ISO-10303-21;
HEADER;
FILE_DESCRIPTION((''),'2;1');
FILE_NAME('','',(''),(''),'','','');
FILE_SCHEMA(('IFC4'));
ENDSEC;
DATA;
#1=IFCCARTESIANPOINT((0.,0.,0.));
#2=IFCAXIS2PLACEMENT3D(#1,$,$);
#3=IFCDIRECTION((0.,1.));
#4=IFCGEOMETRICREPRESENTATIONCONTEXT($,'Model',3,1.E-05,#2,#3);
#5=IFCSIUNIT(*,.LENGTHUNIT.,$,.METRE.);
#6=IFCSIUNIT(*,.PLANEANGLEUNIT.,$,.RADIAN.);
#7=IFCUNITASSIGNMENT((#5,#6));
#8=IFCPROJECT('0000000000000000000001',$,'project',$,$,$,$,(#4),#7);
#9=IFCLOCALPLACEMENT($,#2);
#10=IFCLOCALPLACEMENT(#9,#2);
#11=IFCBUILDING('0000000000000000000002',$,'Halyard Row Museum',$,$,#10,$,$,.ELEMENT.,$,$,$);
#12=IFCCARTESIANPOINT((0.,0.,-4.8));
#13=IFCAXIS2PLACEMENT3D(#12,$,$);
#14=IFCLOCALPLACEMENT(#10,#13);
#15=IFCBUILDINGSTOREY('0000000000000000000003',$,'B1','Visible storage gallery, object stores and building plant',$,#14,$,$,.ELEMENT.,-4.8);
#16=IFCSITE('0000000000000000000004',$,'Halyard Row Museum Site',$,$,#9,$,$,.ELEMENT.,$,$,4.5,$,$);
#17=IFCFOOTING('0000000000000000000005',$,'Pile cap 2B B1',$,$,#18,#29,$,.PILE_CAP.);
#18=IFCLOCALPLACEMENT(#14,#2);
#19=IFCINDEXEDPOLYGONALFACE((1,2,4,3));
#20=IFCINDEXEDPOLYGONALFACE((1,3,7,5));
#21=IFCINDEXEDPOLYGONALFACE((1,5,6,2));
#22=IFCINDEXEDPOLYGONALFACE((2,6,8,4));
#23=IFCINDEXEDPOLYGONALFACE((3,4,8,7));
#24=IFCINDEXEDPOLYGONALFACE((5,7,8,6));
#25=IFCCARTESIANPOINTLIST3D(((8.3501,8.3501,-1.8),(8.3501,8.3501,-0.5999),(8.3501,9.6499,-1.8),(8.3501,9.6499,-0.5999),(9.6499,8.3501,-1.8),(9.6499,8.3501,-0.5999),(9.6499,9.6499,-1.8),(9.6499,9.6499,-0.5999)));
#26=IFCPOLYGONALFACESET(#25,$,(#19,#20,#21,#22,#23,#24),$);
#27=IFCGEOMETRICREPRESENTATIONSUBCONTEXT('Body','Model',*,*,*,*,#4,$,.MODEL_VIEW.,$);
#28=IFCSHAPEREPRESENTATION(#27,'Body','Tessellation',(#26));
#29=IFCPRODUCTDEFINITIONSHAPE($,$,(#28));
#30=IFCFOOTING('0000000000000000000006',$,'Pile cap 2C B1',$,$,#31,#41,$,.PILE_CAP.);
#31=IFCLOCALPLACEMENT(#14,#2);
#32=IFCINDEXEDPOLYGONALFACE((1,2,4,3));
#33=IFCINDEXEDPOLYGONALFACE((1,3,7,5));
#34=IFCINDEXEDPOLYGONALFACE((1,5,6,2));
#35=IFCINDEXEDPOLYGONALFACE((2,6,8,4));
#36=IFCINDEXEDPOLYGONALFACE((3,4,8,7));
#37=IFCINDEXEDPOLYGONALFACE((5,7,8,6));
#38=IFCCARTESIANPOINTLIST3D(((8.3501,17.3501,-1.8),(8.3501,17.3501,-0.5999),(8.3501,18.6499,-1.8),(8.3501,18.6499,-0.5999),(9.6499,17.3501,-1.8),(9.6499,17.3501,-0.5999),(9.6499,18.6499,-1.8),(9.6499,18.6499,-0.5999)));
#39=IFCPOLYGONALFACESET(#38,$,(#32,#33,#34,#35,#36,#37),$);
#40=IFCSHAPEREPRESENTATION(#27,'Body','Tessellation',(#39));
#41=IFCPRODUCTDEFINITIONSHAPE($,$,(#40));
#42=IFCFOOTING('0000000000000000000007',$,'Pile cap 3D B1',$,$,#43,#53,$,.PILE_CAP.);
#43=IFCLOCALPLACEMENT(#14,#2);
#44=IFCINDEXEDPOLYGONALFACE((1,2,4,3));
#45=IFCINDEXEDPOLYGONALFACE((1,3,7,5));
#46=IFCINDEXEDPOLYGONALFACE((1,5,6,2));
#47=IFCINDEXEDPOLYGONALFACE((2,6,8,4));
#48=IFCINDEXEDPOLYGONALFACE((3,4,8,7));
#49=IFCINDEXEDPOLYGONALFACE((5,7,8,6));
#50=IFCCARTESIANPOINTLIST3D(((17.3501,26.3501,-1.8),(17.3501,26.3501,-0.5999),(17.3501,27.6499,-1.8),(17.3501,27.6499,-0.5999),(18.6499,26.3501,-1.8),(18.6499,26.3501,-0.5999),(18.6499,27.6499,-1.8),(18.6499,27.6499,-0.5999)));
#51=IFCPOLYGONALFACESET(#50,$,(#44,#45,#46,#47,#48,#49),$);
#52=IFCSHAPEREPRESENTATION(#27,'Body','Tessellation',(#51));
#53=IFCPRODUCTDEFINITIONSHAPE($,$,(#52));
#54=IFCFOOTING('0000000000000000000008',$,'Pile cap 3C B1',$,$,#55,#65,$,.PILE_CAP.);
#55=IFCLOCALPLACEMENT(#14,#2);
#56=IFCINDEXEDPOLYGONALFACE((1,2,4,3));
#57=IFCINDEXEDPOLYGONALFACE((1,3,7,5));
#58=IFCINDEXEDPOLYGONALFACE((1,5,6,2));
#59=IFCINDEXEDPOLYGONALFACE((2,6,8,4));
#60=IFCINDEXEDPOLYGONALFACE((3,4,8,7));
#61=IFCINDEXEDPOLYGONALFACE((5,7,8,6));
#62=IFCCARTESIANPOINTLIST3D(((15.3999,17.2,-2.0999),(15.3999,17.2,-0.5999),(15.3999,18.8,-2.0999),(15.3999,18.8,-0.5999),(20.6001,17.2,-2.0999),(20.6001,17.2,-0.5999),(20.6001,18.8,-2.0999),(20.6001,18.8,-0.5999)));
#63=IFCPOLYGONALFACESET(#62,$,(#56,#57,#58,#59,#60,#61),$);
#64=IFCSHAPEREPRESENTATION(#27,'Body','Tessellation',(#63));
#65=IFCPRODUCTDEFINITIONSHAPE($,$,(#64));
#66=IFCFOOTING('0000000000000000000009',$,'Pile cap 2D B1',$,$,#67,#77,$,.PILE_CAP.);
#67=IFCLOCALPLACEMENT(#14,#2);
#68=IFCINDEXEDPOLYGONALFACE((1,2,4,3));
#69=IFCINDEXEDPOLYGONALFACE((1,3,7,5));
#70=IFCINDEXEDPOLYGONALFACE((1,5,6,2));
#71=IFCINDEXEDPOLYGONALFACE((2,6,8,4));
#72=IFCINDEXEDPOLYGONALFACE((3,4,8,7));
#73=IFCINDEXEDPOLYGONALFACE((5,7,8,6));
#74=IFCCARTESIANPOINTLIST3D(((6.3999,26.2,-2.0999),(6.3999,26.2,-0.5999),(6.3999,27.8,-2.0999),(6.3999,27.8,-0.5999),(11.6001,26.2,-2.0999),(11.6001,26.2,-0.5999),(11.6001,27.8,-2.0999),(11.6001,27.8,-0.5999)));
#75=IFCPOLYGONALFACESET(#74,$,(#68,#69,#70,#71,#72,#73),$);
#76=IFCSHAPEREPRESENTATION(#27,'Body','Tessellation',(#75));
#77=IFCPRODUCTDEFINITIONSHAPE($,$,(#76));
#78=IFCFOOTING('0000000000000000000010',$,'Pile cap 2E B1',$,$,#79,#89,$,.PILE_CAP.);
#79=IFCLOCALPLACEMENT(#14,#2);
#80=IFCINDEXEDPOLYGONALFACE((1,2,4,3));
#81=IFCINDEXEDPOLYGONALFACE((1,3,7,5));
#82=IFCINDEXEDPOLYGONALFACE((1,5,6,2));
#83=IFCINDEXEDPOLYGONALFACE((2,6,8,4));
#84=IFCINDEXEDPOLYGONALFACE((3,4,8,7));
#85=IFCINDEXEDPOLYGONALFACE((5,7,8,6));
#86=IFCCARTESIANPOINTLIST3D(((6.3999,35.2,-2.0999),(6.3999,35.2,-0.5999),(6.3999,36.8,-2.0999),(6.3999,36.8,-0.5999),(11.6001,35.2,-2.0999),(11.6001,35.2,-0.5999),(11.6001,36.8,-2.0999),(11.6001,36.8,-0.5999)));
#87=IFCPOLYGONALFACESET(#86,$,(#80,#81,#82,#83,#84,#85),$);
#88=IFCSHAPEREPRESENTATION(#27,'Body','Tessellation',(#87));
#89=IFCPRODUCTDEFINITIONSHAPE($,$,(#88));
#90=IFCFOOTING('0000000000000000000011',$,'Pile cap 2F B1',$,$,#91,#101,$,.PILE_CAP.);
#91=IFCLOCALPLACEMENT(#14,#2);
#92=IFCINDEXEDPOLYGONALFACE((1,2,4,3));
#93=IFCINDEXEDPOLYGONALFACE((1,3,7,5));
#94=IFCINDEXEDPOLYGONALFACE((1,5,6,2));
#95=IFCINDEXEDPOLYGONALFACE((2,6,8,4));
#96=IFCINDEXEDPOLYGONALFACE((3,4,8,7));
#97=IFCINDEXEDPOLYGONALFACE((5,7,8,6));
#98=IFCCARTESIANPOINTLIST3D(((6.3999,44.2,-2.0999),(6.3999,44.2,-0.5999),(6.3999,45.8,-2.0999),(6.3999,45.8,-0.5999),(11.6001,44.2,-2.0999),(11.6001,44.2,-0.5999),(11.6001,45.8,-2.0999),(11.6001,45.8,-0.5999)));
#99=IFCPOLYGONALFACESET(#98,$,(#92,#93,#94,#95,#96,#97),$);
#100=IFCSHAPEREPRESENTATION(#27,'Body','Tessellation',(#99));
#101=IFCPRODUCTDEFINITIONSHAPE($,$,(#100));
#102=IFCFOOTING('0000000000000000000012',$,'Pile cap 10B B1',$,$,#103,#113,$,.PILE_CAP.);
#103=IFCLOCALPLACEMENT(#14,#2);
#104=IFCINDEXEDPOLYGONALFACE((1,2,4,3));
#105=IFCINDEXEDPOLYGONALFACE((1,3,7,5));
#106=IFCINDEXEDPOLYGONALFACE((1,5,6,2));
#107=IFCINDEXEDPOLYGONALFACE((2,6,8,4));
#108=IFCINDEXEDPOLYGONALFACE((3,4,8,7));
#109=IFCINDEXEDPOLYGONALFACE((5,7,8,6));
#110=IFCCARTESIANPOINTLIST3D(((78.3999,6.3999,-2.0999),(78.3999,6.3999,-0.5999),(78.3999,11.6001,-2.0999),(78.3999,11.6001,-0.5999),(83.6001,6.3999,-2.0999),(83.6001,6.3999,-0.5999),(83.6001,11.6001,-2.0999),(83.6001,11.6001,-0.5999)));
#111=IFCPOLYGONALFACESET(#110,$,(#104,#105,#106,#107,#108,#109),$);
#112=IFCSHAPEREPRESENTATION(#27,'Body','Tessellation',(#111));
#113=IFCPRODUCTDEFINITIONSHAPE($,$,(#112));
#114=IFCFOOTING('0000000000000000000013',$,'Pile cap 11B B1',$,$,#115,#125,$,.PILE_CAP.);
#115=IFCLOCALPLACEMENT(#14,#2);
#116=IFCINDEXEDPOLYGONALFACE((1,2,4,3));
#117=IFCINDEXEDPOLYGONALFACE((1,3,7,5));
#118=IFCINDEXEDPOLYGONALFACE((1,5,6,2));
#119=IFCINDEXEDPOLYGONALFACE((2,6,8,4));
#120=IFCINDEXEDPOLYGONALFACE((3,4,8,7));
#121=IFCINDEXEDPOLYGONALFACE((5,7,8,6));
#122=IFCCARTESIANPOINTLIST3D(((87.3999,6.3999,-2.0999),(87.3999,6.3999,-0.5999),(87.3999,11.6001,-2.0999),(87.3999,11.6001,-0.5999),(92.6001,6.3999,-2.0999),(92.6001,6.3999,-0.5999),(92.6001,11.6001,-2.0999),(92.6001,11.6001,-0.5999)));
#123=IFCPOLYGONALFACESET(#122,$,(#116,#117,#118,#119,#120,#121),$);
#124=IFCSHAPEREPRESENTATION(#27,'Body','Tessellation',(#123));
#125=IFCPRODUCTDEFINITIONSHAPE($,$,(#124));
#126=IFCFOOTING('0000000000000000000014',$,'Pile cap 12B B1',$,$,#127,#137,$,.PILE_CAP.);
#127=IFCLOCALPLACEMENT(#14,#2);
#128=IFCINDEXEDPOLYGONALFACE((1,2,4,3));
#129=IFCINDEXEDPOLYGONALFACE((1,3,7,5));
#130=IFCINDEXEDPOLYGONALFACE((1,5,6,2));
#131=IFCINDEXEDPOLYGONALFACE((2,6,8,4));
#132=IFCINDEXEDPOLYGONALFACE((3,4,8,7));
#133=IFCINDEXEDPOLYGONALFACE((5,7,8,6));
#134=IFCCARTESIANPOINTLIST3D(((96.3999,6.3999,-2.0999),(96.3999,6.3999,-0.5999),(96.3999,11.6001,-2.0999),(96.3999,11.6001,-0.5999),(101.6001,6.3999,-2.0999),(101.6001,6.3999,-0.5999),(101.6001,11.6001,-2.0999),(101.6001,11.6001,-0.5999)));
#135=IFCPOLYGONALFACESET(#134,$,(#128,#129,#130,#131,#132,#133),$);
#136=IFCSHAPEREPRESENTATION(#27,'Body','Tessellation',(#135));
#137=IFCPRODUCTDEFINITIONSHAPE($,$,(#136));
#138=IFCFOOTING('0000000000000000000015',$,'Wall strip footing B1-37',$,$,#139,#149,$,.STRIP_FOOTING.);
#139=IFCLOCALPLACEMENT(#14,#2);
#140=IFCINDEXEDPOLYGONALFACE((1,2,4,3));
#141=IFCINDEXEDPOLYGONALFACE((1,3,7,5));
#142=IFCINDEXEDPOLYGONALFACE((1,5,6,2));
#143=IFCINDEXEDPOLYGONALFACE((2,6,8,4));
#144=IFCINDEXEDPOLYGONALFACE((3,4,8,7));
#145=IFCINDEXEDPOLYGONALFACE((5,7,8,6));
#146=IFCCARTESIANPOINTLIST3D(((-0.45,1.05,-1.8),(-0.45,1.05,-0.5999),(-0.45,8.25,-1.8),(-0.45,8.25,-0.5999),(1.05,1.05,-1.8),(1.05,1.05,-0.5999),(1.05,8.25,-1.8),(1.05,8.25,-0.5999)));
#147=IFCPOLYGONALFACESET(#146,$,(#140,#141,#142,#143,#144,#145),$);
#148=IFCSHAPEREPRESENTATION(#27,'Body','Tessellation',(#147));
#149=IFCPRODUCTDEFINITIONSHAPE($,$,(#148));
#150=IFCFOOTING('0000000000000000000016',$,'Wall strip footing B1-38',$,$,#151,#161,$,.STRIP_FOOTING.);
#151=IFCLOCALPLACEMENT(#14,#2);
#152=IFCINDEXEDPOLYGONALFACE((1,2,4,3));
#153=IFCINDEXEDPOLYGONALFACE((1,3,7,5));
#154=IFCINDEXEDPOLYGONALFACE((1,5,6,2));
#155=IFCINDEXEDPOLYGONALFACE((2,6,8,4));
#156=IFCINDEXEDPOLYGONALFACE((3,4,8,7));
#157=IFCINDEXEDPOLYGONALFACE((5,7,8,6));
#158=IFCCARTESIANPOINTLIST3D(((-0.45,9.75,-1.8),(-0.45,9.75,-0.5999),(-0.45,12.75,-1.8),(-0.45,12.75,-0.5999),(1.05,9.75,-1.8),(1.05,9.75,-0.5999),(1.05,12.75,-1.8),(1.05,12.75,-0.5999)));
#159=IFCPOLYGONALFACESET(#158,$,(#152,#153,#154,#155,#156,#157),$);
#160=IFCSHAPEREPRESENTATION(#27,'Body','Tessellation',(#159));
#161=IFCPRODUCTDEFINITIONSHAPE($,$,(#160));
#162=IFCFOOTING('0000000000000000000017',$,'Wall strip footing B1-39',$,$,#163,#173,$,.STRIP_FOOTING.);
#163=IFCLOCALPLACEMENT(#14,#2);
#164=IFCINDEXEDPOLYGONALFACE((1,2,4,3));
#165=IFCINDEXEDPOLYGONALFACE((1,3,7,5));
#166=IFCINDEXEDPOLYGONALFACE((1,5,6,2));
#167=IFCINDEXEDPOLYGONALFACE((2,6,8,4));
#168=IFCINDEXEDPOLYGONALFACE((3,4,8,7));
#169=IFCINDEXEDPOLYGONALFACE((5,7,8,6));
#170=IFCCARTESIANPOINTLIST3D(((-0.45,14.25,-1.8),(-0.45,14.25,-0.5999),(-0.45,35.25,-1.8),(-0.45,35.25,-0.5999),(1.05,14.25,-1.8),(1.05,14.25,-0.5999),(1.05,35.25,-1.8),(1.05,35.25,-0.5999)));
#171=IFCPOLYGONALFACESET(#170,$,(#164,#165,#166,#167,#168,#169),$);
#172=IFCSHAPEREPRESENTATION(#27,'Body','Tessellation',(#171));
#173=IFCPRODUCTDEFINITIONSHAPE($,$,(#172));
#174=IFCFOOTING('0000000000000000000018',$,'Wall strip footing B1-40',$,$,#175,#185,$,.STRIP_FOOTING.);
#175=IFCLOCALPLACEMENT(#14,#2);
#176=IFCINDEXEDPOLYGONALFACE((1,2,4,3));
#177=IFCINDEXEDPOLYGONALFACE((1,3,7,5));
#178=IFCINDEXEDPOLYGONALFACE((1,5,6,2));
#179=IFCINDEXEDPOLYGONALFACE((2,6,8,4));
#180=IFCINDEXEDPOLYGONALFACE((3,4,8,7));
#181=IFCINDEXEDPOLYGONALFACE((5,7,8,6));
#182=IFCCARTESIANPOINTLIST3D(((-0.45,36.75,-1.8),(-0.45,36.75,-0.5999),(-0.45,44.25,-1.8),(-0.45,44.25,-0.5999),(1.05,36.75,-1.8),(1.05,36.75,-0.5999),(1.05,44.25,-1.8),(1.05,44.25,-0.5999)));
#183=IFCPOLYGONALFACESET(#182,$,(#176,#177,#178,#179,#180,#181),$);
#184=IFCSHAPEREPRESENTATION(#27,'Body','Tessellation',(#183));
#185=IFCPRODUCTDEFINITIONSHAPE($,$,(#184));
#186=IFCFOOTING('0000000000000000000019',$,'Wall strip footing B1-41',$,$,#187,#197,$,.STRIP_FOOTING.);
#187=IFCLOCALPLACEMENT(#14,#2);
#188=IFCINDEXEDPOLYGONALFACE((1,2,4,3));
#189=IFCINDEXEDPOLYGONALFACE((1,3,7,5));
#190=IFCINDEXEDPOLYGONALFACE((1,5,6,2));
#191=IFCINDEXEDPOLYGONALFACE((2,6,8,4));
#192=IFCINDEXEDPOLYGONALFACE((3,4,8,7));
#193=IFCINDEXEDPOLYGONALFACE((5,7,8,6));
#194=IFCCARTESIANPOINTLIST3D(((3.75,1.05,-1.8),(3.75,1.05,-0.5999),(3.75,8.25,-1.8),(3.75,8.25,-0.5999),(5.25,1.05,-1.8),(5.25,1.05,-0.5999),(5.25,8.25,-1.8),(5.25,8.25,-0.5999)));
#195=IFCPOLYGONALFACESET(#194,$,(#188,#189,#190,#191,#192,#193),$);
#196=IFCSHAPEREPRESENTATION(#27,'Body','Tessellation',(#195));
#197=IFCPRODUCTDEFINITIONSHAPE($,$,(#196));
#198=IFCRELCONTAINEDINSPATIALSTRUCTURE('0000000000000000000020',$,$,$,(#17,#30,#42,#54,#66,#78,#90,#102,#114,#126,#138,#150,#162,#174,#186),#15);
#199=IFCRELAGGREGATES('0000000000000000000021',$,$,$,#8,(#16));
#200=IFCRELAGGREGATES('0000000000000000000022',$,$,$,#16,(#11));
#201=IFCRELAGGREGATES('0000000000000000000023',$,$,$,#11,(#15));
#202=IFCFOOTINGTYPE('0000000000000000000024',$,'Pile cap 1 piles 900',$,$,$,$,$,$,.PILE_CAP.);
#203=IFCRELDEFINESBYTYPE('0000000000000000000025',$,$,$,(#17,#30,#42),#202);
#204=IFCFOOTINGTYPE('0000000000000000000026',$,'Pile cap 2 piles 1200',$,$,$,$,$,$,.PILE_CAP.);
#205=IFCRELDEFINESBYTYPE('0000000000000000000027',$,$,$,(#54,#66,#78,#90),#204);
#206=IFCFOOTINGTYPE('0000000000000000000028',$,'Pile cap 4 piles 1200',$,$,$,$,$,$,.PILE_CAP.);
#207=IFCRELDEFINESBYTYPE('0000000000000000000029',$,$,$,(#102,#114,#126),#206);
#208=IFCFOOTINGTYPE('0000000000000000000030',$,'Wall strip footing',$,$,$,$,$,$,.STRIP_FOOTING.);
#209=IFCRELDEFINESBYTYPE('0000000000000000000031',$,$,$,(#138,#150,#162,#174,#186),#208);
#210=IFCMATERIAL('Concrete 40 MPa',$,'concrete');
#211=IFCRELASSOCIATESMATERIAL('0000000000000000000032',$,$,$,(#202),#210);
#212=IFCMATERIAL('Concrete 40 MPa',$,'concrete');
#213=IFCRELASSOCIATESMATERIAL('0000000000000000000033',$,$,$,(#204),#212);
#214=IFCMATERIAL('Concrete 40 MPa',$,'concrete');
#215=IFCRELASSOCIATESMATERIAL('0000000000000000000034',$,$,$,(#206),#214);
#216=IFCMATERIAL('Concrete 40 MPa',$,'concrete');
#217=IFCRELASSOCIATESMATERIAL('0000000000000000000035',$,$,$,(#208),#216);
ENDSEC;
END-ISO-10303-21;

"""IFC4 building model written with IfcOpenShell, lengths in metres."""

from ifc_helpers import new_model, si_unit, direction, frame, origin, place, context, subcontext, project, spatial, polyline, outline, extrude, material, type_object, element, save


model = new_model("IFC4")

# Units and contexts
model_context = context("Model", 3, precision=1e-05, world=origin(), true_north=direction((0.0, 1.0)))
body_context = subcontext(model_context, "Body", "Model", "MODEL_VIEW")
ifc_project = project(units=[si_unit("LENGTHUNIT", "METRE"), si_unit("PLANEANGLEUNIT", "RADIAN")], contexts=[model_context])

# Site, building, storey
site_placement = place(None, origin())
site = spatial("IfcSite", under=ifc_project, at=site_placement, Name="Halyard Row Museum Site", CompositionType="ELEMENT", RefElevation=4.5)
building_placement = place(site_placement, origin())
building = spatial("IfcBuilding", under=site, at=building_placement, Name="Halyard Row Museum", CompositionType="ELEMENT")
storey_placement = place(building_placement, frame((0.0, 0.0, -4.8)))
storey = spatial("IfcBuildingStorey", under=building, at=storey_placement, Name="B1", Description="Visible storage gallery, object stores and building plant", CompositionType="ELEMENT", Elevation=-4.8)

# Footings
ifc_material_1 = material(Name="Concrete 40 MPa", Category="concrete")
footing_type_1 = type_object("IfcFootingType", Name="Pile cap 1 piles 900", PredefinedType="PILE_CAP", material=ifc_material_1)
footing_1_placement = place(storey_placement, frame((0.0, 0.0, -1.8)))
element("IfcFooting", 1, at=footing_1_placement, inside=storey, type_object=footing_type_1, Name="Pile cap 2B B1", PredefinedType="PILE_CAP", context=body_context, shape_type="SweptSolid", body=[
    extrude(outline(polyline([(8.3501, 8.3501), (9.6499, 8.3501), (9.6499, 9.6499), (8.3501, 9.6499), (8.3501, 8.3501)])), origin(), (0.0, 0.0, 1.0), 1.2002),
])
footing_2_placement = place(storey_placement, frame((0.0, 0.0, -1.8)))
element("IfcFooting", 2, at=footing_2_placement, inside=storey, type_object=footing_type_1, Name="Pile cap 2C B1", PredefinedType="PILE_CAP", context=body_context, shape_type="SweptSolid", body=[
    extrude(outline(polyline([(8.3501, 17.3501), (9.6499, 17.3501), (9.6499, 18.6499), (8.3501, 18.6499), (8.3501, 17.3501)])), origin(), (0.0, 0.0, 1.0), 1.2002),
])
footing_3_placement = place(storey_placement, frame((0.0, 0.0, -1.8)))
element("IfcFooting", 3, at=footing_3_placement, inside=storey, type_object=footing_type_1, Name="Pile cap 3D B1", PredefinedType="PILE_CAP", context=body_context, shape_type="SweptSolid", body=[
    extrude(outline(polyline([(17.3501, 26.3501), (18.6499, 26.3501), (18.6499, 27.6499), (17.3501, 27.6499), (17.3501, 26.3501)])), origin(), (0.0, 0.0, 1.0), 1.2002),
])
ifc_material_2 = material(Name="Concrete 40 MPa", Category="concrete")
footing_type_2 = type_object("IfcFootingType", Name="Pile cap 2 piles 1200", PredefinedType="PILE_CAP", material=ifc_material_2)
footing_4_placement = place(storey_placement, frame((0.0, 0.0, -2.0999)))
element("IfcFooting", 4, at=footing_4_placement, inside=storey, type_object=footing_type_2, Name="Pile cap 3C B1", PredefinedType="PILE_CAP", context=body_context, shape_type="SweptSolid", body=[
    extrude(outline(polyline([(15.3999, 17.2), (20.6001, 17.2), (20.6001, 18.8), (15.3999, 18.8), (15.3999, 17.2)])), origin(), (0.0, 0.0, 1.0), 1.5),
])
footing_5_placement = place(storey_placement, frame((0.0, 0.0, -2.0999)))
element("IfcFooting", 5, at=footing_5_placement, inside=storey, type_object=footing_type_2, Name="Pile cap 2D B1", PredefinedType="PILE_CAP", context=body_context, shape_type="SweptSolid", body=[
    extrude(outline(polyline([(6.3999, 26.2), (11.6001, 26.2), (11.6001, 27.8), (6.3999, 27.8), (6.3999, 26.2)])), origin(), (0.0, 0.0, 1.0), 1.5),
])
footing_6_placement = place(storey_placement, frame((0.0, 0.0, -2.0999)))
element("IfcFooting", 6, at=footing_6_placement, inside=storey, type_object=footing_type_2, Name="Pile cap 2E B1", PredefinedType="PILE_CAP", context=body_context, shape_type="SweptSolid", body=[
    extrude(outline(polyline([(6.3999, 35.2), (11.6001, 35.2), (11.6001, 36.8), (6.3999, 36.8), (6.3999, 35.2)])), origin(), (0.0, 0.0, 1.0), 1.5),
])
footing_7_placement = place(storey_placement, frame((0.0, 0.0, -2.0999)))
element("IfcFooting", 7, at=footing_7_placement, inside=storey, type_object=footing_type_2, Name="Pile cap 2F B1", PredefinedType="PILE_CAP", context=body_context, shape_type="SweptSolid", body=[
    extrude(outline(polyline([(6.3999, 44.2), (11.6001, 44.2), (11.6001, 45.8), (6.3999, 45.8), (6.3999, 44.2)])), origin(), (0.0, 0.0, 1.0), 1.5),
])
ifc_material_3 = material(Name="Concrete 40 MPa", Category="concrete")
footing_type_3 = type_object("IfcFootingType", Name="Pile cap 4 piles 1200", PredefinedType="PILE_CAP", material=ifc_material_3)
footing_8_placement = place(storey_placement, frame((0.0, 0.0, -2.0999)))
element("IfcFooting", 8, at=footing_8_placement, inside=storey, type_object=footing_type_3, Name="Pile cap 10B B1", PredefinedType="PILE_CAP", context=body_context, shape_type="SweptSolid", body=[
    extrude(outline(polyline([(78.3999, 6.3999), (83.6001, 6.3999), (83.6001, 11.6001), (78.3999, 11.6001), (78.3999, 6.3999)])), origin(), (0.0, 0.0, 1.0), 1.5),
])
footing_9_placement = place(storey_placement, frame((0.0, 0.0, -2.0999)))
element("IfcFooting", 9, at=footing_9_placement, inside=storey, type_object=footing_type_3, Name="Pile cap 11B B1", PredefinedType="PILE_CAP", context=body_context, shape_type="SweptSolid", body=[
    extrude(outline(polyline([(87.3999, 6.3999), (92.6001, 6.3999), (92.6001, 11.6001), (87.3999, 11.6001), (87.3999, 6.3999)])), origin(), (0.0, 0.0, 1.0), 1.5),
])
footing_10_placement = place(storey_placement, frame((0.0, 0.0, -2.0999)))
element("IfcFooting", 10, at=footing_10_placement, inside=storey, type_object=footing_type_3, Name="Pile cap 12B B1", PredefinedType="PILE_CAP", context=body_context, shape_type="SweptSolid", body=[
    extrude(outline(polyline([(96.3999, 6.3999), (101.6001, 6.3999), (101.6001, 11.6001), (96.3999, 11.6001), (96.3999, 6.3999)])), origin(), (0.0, 0.0, 1.0), 1.5),
])
ifc_material_4 = material(Name="Concrete 40 MPa", Category="concrete")
footing_type_4 = type_object("IfcFootingType", Name="Wall strip footing", PredefinedType="STRIP_FOOTING", material=ifc_material_4)
footing_11_placement = place(storey_placement, frame((0.0, 0.0, -1.8)))
element("IfcFooting", 11, at=footing_11_placement, inside=storey, type_object=footing_type_4, Name="Wall strip footing B1-37", PredefinedType="STRIP_FOOTING", context=body_context, shape_type="SweptSolid", body=[
    extrude(outline(polyline([(-0.45, 1.05), (1.05, 1.05), (1.05, 8.25), (-0.45, 8.25), (-0.45, 1.05)])), origin(), (0.0, 0.0, 1.0), 1.2002),
])
footing_12_placement = place(storey_placement, frame((0.0, 0.0, -1.8)))
element("IfcFooting", 12, at=footing_12_placement, inside=storey, type_object=footing_type_4, Name="Wall strip footing B1-38", PredefinedType="STRIP_FOOTING", context=body_context, shape_type="SweptSolid", body=[
    extrude(outline(polyline([(-0.45, 9.75), (1.05, 9.75), (1.05, 12.75), (-0.45, 12.75), (-0.45, 9.75)])), origin(), (0.0, 0.0, 1.0), 1.2002),
])
footing_13_placement = place(storey_placement, frame((0.0, 0.0, -1.8)))
element("IfcFooting", 13, at=footing_13_placement, inside=storey, type_object=footing_type_4, Name="Wall strip footing B1-39", PredefinedType="STRIP_FOOTING", context=body_context, shape_type="SweptSolid", body=[
    extrude(outline(polyline([(-0.45, 14.25), (1.05, 14.25), (1.05, 35.25), (-0.45, 35.25), (-0.45, 14.25)])), origin(), (0.0, 0.0, 1.0), 1.2002),
])
footing_14_placement = place(storey_placement, frame((0.0, 0.0, -1.8)))
element("IfcFooting", 14, at=footing_14_placement, inside=storey, type_object=footing_type_4, Name="Wall strip footing B1-40", PredefinedType="STRIP_FOOTING", context=body_context, shape_type="SweptSolid", body=[
    extrude(outline(polyline([(-0.45, 36.75), (1.05, 36.75), (1.05, 44.25), (-0.45, 44.25), (-0.45, 36.75)])), origin(), (0.0, 0.0, 1.0), 1.2002),
])
footing_15_placement = place(storey_placement, frame((0.0, 0.0, -1.8)))
element("IfcFooting", 15, at=footing_15_placement, inside=storey, type_object=footing_type_4, Name="Wall strip footing B1-41", PredefinedType="STRIP_FOOTING", context=body_context, shape_type="SweptSolid", body=[
    extrude(outline(polyline([(3.75, 1.05), (5.25, 1.05), (5.25, 8.25), (3.75, 8.25), (3.75, 1.05)])), origin(), (0.0, 0.0, 1.0), 1.2002),
])

save(model, "model.ifc")
